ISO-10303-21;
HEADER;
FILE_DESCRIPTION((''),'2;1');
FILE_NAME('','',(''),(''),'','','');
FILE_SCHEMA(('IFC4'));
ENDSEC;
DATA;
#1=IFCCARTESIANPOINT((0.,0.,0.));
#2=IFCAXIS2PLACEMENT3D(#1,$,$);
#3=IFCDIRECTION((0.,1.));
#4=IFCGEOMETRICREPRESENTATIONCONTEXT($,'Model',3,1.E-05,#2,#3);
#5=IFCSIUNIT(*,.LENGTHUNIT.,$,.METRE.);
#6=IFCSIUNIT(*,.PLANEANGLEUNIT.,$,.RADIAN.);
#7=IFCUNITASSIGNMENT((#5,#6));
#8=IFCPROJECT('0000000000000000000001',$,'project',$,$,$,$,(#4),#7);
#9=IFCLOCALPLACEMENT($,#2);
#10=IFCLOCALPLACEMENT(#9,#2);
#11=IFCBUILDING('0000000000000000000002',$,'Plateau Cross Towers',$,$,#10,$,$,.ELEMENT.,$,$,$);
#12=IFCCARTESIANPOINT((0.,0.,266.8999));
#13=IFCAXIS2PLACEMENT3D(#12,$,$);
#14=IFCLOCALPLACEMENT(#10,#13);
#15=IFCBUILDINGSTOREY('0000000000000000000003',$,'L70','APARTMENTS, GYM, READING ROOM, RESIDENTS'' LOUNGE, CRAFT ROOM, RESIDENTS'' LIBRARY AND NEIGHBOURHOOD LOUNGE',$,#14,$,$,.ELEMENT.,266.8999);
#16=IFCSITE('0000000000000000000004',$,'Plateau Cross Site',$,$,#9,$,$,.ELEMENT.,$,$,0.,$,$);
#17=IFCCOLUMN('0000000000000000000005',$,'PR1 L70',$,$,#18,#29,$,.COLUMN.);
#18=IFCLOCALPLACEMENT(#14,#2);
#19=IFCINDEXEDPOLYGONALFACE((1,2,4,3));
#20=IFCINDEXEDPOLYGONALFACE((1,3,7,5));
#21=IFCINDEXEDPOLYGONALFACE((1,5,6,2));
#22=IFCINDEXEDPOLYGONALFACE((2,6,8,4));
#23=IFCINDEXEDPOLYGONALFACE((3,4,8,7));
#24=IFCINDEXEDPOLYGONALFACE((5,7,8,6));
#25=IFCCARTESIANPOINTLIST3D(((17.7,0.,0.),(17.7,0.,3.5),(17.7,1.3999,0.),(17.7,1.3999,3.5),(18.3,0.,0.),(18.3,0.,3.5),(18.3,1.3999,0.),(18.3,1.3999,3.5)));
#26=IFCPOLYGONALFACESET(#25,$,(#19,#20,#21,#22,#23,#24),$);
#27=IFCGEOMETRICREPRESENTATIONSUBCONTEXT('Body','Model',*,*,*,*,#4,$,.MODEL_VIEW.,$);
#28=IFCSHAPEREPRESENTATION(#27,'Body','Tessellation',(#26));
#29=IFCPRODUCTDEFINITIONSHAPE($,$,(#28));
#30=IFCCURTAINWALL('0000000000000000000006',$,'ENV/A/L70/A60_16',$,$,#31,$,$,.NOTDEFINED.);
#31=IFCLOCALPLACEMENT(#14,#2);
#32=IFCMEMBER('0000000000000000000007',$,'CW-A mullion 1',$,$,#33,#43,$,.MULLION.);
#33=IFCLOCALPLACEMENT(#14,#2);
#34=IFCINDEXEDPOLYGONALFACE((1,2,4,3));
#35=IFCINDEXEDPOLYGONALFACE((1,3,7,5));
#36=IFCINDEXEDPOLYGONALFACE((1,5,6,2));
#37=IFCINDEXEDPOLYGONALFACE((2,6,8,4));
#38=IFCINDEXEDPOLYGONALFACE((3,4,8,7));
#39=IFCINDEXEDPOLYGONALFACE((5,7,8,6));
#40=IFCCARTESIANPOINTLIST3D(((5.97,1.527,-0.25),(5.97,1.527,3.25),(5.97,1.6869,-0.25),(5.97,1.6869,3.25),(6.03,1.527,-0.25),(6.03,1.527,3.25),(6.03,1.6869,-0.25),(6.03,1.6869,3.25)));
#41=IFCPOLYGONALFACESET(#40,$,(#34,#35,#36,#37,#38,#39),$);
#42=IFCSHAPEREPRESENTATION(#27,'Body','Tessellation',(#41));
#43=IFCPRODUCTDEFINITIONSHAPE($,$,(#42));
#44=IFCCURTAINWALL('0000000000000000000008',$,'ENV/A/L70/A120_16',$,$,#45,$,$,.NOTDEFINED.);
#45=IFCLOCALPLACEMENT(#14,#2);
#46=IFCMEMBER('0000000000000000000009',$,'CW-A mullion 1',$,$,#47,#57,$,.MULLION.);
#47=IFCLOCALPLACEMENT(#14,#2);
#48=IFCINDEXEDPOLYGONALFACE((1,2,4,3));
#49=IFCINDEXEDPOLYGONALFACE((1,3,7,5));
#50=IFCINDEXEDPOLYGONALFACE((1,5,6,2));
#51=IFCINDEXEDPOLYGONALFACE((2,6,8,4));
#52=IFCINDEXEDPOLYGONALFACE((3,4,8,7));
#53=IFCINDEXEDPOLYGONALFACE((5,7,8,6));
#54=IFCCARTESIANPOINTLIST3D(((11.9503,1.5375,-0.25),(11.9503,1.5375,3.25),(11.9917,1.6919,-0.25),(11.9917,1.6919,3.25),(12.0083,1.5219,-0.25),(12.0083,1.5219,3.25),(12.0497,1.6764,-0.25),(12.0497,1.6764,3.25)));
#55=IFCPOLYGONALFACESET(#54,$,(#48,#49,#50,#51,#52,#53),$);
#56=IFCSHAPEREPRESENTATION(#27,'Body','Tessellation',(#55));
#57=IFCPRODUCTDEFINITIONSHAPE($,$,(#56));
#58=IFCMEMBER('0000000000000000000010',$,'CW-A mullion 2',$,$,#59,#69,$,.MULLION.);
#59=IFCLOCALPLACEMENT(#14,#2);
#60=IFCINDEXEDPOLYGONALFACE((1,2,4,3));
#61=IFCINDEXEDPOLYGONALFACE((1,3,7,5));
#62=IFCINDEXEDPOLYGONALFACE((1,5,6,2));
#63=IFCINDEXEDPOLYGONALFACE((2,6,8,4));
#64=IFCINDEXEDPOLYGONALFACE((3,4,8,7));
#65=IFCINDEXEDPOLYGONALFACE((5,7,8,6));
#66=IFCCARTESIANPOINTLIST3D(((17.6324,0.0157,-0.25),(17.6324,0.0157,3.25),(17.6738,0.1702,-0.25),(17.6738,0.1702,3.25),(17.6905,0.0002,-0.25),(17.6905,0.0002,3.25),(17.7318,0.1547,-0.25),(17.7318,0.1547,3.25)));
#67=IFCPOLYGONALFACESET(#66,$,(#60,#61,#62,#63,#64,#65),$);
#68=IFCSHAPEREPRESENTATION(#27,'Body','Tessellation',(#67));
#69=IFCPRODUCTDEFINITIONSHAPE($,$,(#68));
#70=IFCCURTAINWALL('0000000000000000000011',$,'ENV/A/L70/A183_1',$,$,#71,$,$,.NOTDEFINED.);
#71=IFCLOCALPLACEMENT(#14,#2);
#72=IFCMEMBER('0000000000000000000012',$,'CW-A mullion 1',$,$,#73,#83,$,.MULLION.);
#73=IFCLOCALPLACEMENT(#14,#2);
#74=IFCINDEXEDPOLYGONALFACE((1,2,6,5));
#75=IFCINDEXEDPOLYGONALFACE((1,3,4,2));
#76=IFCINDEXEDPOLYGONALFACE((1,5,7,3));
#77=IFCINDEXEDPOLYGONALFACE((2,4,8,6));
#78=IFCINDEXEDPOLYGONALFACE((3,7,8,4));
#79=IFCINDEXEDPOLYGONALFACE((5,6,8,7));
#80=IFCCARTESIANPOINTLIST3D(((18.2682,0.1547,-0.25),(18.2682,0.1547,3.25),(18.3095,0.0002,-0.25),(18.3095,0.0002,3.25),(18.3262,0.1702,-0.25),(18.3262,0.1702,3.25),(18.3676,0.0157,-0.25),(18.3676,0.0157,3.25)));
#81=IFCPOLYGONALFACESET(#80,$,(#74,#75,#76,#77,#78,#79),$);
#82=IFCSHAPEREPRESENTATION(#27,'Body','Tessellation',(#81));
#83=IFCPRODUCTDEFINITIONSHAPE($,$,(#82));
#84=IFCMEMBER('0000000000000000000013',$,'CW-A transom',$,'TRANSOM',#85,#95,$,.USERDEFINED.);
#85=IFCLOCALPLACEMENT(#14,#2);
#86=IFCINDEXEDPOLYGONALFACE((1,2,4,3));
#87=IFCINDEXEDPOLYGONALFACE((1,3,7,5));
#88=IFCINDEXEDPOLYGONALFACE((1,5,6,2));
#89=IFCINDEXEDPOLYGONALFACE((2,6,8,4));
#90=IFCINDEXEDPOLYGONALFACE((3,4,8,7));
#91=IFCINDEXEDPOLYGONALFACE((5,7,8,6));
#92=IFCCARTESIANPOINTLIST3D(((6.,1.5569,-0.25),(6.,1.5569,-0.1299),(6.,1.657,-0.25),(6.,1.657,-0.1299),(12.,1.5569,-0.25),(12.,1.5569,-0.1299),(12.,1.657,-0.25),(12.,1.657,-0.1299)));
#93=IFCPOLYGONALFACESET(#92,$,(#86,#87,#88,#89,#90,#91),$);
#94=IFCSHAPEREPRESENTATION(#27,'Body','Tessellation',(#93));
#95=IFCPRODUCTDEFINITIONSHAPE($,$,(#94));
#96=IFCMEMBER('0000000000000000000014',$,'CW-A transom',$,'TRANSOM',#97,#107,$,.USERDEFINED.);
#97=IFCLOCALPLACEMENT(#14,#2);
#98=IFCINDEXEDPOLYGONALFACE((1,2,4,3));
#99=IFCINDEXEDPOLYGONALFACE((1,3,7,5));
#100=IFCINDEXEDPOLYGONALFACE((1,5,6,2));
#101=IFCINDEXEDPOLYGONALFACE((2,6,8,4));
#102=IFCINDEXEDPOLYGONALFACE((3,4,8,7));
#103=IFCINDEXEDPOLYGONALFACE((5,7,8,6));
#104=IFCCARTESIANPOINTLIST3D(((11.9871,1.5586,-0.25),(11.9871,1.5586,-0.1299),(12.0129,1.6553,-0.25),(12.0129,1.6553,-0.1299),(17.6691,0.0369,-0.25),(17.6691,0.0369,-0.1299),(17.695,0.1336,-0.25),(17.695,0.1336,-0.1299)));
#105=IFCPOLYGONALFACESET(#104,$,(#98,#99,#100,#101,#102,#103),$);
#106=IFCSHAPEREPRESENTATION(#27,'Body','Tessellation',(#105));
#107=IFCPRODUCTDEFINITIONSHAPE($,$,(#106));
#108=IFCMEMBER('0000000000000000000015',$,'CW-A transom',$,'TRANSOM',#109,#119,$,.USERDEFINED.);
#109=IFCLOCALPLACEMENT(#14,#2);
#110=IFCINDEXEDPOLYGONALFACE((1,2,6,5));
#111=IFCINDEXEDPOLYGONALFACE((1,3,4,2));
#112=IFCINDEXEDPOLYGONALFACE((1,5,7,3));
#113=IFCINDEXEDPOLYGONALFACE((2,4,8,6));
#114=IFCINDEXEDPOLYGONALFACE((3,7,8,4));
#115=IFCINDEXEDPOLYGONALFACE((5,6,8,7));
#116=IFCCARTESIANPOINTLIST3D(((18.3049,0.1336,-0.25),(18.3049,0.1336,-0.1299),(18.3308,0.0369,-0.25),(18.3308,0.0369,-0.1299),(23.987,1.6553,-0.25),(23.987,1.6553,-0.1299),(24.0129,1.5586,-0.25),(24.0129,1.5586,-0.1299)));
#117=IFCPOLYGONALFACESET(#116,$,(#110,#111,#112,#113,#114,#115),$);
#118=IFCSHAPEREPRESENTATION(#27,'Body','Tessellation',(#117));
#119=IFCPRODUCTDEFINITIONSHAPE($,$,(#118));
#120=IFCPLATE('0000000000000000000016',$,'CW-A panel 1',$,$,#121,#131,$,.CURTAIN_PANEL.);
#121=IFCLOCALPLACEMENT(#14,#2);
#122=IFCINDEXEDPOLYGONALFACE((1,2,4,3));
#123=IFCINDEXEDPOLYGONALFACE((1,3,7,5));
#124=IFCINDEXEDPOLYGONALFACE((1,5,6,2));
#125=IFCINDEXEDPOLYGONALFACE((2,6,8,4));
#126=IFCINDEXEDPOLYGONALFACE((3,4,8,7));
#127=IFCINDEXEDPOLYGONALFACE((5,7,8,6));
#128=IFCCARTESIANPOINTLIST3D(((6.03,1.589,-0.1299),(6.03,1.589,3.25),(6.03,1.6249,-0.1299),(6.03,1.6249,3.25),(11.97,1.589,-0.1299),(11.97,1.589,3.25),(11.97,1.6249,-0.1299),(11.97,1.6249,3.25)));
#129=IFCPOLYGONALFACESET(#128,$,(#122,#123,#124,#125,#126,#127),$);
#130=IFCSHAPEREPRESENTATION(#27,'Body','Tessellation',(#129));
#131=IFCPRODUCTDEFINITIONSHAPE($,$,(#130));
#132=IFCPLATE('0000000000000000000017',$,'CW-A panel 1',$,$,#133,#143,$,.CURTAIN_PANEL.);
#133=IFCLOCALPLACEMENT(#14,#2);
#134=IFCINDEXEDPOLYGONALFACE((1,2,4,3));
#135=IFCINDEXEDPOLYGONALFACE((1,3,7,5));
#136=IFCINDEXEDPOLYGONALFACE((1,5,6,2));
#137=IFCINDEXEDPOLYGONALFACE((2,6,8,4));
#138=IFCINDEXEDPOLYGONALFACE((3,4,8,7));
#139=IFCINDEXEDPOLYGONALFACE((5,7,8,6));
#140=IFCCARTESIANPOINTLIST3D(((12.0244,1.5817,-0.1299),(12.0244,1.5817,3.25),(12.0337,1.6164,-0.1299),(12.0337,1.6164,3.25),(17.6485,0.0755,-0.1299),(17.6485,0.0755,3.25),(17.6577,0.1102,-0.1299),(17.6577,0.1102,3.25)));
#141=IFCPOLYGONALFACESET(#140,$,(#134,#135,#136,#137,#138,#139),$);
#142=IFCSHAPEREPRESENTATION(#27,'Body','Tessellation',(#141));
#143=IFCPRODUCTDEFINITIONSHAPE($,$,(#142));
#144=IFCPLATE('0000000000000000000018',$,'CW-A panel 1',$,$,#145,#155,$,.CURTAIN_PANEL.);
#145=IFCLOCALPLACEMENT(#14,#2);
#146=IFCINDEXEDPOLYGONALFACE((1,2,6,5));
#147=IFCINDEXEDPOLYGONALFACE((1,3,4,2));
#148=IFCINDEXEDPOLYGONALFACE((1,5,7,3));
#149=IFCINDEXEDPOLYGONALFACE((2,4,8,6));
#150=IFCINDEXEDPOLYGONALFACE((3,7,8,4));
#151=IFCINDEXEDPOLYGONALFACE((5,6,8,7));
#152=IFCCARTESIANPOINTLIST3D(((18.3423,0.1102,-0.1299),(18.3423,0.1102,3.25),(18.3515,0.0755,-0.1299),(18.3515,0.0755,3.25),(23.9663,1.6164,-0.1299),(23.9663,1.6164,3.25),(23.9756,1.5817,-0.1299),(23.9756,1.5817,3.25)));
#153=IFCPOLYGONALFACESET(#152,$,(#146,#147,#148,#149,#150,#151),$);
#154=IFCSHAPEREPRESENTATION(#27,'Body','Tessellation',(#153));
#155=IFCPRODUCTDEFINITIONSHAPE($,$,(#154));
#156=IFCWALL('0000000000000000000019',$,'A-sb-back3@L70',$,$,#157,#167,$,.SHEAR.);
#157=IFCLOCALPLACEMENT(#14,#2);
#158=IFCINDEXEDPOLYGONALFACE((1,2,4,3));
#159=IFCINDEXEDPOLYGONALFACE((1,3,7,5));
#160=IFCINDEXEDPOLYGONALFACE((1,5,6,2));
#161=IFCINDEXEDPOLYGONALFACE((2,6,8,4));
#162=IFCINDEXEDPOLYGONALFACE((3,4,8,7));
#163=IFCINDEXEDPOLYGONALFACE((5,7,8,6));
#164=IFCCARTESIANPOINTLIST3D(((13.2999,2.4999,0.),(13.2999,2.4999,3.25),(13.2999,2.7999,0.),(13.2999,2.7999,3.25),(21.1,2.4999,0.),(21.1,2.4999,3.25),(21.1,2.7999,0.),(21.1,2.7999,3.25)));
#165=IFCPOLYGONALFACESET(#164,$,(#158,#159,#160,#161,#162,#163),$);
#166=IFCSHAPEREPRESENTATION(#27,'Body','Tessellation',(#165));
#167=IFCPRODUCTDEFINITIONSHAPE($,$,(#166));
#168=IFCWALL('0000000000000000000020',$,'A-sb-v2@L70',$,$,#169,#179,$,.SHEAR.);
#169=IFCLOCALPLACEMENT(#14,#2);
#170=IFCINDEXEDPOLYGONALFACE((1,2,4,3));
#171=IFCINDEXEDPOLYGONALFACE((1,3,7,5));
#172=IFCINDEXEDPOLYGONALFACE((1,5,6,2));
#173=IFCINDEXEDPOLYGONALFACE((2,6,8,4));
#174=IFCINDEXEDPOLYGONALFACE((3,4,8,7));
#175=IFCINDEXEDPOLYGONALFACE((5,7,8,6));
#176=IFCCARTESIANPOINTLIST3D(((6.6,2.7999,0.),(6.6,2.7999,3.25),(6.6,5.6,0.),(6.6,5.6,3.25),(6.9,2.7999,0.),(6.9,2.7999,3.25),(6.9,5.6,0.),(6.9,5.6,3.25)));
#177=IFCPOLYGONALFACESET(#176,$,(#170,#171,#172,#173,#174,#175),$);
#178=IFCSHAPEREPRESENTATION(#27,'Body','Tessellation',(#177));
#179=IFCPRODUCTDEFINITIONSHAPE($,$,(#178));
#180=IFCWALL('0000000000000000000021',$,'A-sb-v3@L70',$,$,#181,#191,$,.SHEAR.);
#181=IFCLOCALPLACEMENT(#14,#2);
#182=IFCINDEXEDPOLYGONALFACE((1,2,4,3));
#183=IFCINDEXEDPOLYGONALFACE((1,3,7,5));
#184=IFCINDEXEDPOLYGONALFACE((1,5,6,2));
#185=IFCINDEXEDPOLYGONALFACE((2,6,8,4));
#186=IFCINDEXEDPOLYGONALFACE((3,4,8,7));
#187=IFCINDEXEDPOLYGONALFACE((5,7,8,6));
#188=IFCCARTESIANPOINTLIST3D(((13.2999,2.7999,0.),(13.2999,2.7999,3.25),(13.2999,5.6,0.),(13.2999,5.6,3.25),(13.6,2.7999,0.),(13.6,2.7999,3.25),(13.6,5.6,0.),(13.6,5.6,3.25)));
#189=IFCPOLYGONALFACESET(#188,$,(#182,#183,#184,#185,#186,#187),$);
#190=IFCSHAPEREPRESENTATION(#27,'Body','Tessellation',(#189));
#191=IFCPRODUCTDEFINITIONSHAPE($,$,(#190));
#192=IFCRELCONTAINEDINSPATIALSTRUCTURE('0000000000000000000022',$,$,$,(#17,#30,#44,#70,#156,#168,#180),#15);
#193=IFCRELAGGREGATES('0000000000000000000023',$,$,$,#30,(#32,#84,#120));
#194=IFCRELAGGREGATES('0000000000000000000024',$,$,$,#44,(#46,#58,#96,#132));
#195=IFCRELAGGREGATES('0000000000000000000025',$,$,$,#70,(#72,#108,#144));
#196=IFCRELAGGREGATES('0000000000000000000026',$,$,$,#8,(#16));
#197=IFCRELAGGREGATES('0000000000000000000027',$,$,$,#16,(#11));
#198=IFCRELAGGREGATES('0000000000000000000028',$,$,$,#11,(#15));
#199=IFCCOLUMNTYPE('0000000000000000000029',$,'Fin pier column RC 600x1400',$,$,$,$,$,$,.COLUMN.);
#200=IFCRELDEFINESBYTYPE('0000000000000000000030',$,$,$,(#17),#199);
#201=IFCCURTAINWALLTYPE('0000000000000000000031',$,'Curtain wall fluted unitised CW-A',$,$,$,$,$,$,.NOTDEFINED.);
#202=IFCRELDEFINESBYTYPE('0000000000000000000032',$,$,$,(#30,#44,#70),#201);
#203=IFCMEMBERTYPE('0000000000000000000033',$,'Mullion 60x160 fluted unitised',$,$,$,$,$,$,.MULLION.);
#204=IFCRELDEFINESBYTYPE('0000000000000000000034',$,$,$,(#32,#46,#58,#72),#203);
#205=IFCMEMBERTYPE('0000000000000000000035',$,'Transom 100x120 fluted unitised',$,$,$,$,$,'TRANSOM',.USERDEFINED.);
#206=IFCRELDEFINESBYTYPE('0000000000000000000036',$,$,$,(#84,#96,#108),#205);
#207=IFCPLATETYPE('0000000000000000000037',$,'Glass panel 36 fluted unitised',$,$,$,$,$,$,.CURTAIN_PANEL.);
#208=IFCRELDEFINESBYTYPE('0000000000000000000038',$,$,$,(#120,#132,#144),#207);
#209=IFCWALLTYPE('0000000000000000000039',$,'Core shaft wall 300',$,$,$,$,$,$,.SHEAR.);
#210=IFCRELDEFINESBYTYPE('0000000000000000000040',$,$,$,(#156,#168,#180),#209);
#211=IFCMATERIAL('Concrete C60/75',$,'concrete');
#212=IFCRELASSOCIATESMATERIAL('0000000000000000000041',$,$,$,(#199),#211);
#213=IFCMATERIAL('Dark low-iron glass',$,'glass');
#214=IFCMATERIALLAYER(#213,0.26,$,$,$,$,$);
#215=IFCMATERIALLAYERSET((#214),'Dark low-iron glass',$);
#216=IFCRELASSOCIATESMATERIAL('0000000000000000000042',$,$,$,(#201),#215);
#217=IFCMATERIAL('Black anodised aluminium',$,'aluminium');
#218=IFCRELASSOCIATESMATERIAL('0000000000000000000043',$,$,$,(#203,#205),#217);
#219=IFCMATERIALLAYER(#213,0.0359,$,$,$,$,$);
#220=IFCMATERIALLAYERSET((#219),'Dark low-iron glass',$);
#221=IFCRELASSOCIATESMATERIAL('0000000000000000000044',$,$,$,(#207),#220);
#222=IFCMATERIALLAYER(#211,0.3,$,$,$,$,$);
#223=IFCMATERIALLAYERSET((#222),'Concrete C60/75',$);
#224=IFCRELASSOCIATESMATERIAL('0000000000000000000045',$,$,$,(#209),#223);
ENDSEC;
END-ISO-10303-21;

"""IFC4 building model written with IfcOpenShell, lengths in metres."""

from ifc_helpers import new_model, si_unit, direction, frame, frame_2d, origin, origin_2d, place, context, subcontext, project, spatial, rectangle, extrude, material, layer, layer_set, material_profile, profile_set, type_object, element, aggregate, save


model = new_model("IFC4")

# Units and contexts
model_context = context("Model", 3, precision=1e-05, world=origin(), true_north=direction((0.0, 1.0)))
body_context = subcontext(model_context, "Body", "Model", "MODEL_VIEW")
ifc_project = project(units=[si_unit("LENGTHUNIT", "METRE"), si_unit("PLANEANGLEUNIT", "RADIAN")], contexts=[model_context])

# Site, building, storey
site_placement = place(None, origin())
site = spatial("IfcSite", under=ifc_project, at=site_placement, Name="Plateau Cross Site", CompositionType="ELEMENT", RefElevation=0.0)
building_placement = place(site_placement, origin())
building = spatial("IfcBuilding", under=site, at=building_placement, Name="Plateau Cross Towers", CompositionType="ELEMENT")
storey_placement = place(building_placement, frame((0.0, 0.0, 266.8999)))
storey = spatial("IfcBuildingStorey", under=building, at=storey_placement, Name="L70", Description="APARTMENTS, GYM, READING ROOM, RESIDENTS' LOUNGE, CRAFT ROOM, RESIDENTS' LIBRARY AND NEIGHBOURHOOD LOUNGE", CompositionType="ELEMENT", Elevation=266.8999)

# Column
ifc_material_1 = material(Name="Concrete C60/75", Category="concrete")
ifc_material_profile_1 = material_profile(ifc_material_1, rectangle(XDim=0.6001, YDim=1.3999, at=origin_2d()), Name="RC 600x1400")
ifc_profile_set_1 = profile_set([ifc_material_profile_1], Name="Concrete C60/75")
column_type = type_object("IfcColumnType", Name="Fin pier column RC 600x1400", PredefinedType="COLUMN", material=ifc_profile_set_1)
column_placement = place(storey_placement, frame((18.0, 0.7, 0.0), z_axis=(0.0, 0.0, 1.0), x_axis=(1.0, 0.0, 0.0)))
element("IfcColumn", 1, at=column_placement, inside=storey, type_object=column_type, Name="PR1 L70", PredefinedType="COLUMN", context=body_context, shape_type="SweptSolid", body=[
    extrude(rectangle(XDim=0.6001, YDim=1.3999, at=origin_2d()), origin(), (0.0, 0.0, 1.0), 3.5),
])

# Curtain wall, member
ifc_material_2 = material(Name="Dark low-iron glass", Category="glass")
ifc_layer_1 = layer(ifc_material_2, 0.26)
ifc_layer_set_1 = layer_set([ifc_layer_1], Name="Dark low-iron glass")
curtain_wall_type = type_object("IfcCurtainWallType", Name="Curtain wall fluted unitised CW-A", PredefinedType="NOTDEFINED", material=ifc_layer_set_1)
curtain_wall_1_placement = place(storey_placement, origin())
curtain_wall_1 = element("IfcCurtainWall", 2, at=curtain_wall_1_placement, inside=storey, type_object=curtain_wall_type, Name="ENV/A/L70/A60_16", PredefinedType="NOTDEFINED")
ifc_material_3 = material(Name="Black anodised aluminium", Category="aluminium")
ifc_material_profile_2 = material_profile(ifc_material_3, rectangle(XDim=0.0601, YDim=0.1599, at=origin_2d()), Name="MULLION 60x160")
ifc_profile_set_2 = profile_set([ifc_material_profile_2], Name="Black anodised aluminium")
member_type_1 = type_object("IfcMemberType", Name="Mullion 60x160 fluted unitised", PredefinedType="MULLION", material=ifc_profile_set_2)
member_1_placement = place(storey_placement, frame((6.0, 1.6069, -0.25), z_axis=(0.0, 0.0, 1.0), x_axis=(1.0, 0.0, 0.0)))
member_1 = element("IfcMember", 3, at=member_1_placement, type_object=member_type_1, Name="CW-A mullion 1", PredefinedType="MULLION", context=body_context, shape_type="SweptSolid", body=[
    extrude(rectangle(XDim=0.0601, YDim=0.1599, at=origin_2d()), origin(), (0.0, 0.0, 1.0), 3.5),
])

# Curtain wall, members
curtain_wall_2_placement = place(storey_placement, origin())
curtain_wall_2 = element("IfcCurtainWall", 4, at=curtain_wall_2_placement, inside=storey, type_object=curtain_wall_type, Name="ENV/A/L70/A120_16", PredefinedType="NOTDEFINED")
member_2_placement = place(storey_placement, frame((12.0, 1.6069, -0.25), z_axis=(0.0, 0.0, 1.0), x_axis=(0.965958, -0.258699, 0.0)))
member_2 = element("IfcMember", 5, at=member_2_placement, type_object=member_type_1, Name="CW-A mullion 1", PredefinedType="MULLION", context=body_context, shape_type="SweptSolid", body=[
    extrude(rectangle(XDim=0.0601, YDim=0.1599, at=origin_2d()), origin(), (0.0, 0.0, 1.0), 3.5),
])
member_3_placement = place(storey_placement, frame((17.6821, 0.0852, -0.25), z_axis=(0.0, 0.0, 1.0), x_axis=(0.965958, -0.258699, 0.0)))
member_3 = element("IfcMember", 6, at=member_3_placement, type_object=member_type_1, Name="CW-A mullion 2", PredefinedType="MULLION", context=body_context, shape_type="SweptSolid", body=[
    extrude(rectangle(XDim=0.0601, YDim=0.1599, at=origin_2d()), origin(), (0.0, 0.0, 1.0), 3.5),
])

# Curtain wall, member
curtain_wall_3_placement = place(storey_placement, origin())
curtain_wall_3 = element("IfcCurtainWall", 7, at=curtain_wall_3_placement, inside=storey, type_object=curtain_wall_type, Name="ENV/A/L70/A183_1", PredefinedType="NOTDEFINED")
member_4_placement = place(storey_placement, frame((18.3179, 0.0852, -0.25), z_axis=(0.0, 0.0, 1.0), x_axis=(0.965958, 0.258699, 0.0)))
member_4 = element("IfcMember", 8, at=member_4_placement, type_object=member_type_1, Name="CW-A mullion 1", PredefinedType="MULLION", context=body_context, shape_type="SweptSolid", body=[
    extrude(rectangle(XDim=0.0601, YDim=0.1599, at=origin_2d()), origin(), (0.0, 0.0, 1.0), 3.5),
])

# Members
ifc_material_profile_3 = material_profile(ifc_material_3, rectangle(XDim=0.1001, YDim=0.1201, at=origin_2d()), Name="TRANSOM 100x120")
ifc_profile_set_3 = profile_set([ifc_material_profile_3], Name="Black anodised aluminium")
member_type_2 = type_object("IfcMemberType", Name="Transom 100x120 fluted unitised", ElementType="TRANSOM", PredefinedType="USERDEFINED", material=ifc_profile_set_3)
member_5_placement = place(storey_placement, frame((6.0, 1.6069, -0.1899), z_axis=(1.0, 0.0, 0.0), x_axis=(0.0, 1.0, 0.0)))
member_5 = element("IfcMember", 9, at=member_5_placement, type_object=member_type_2, Name="CW-A transom", ObjectType="TRANSOM", PredefinedType="USERDEFINED", context=body_context, shape_type="SweptSolid", body=[
    extrude(rectangle(XDim=0.1001, YDim=0.1201, at=origin_2d()), origin(), (0.0, 0.0, 1.0), 6.0),
])
member_6_placement = place(storey_placement, frame((12.0, 1.6069, -0.1899), z_axis=(0.96596, -0.258693, 0.0), x_axis=(0.258693, 0.96596, 0.0)))
member_6 = element("IfcMember", 10, at=member_6_placement, type_object=member_type_2, Name="CW-A transom", ObjectType="TRANSOM", PredefinedType="USERDEFINED", context=body_context, shape_type="SweptSolid", body=[
    extrude(rectangle(XDim=0.1001, YDim=0.1201, at=origin_2d()), origin(), (0.0, 0.0, 1.0), 5.8823),
])
member_7_placement = place(storey_placement, frame((18.3179, 0.0852, -0.1899), z_axis=(0.96596, 0.258693, 0.0), x_axis=(-0.258693, 0.96596, 0.0)))
member_7 = element("IfcMember", 11, at=member_7_placement, type_object=member_type_2, Name="CW-A transom", ObjectType="TRANSOM", PredefinedType="USERDEFINED", context=body_context, shape_type="SweptSolid", body=[
    extrude(rectangle(XDim=0.1001, YDim=0.1201, at=origin_2d()), origin(), (0.0, 0.0, 1.0), 5.8823),
])

# Plates
ifc_layer_2 = layer(ifc_material_2, 0.0359)
ifc_layer_set_2 = layer_set([ifc_layer_2], Name="Dark low-iron glass")
plate_type = type_object("IfcPlateType", Name="Glass panel 36 fluted unitised", PredefinedType="CURTAIN_PANEL", material=ifc_layer_set_2)
plate_1_placement = place(storey_placement, frame((9.0, 1.6069, -0.1299), z_axis=(0.0, 0.0, 1.0), x_axis=(1.0, 0.0, 0.0)))
plate_1 = element("IfcPlate", 12, at=plate_1_placement, type_object=plate_type, Name="CW-A panel 1", PredefinedType="CURTAIN_PANEL", context=body_context, shape_type="SweptSolid", body=[
    extrude(rectangle(XDim=5.9399, YDim=0.0359, at=origin_2d()), origin(), (0.0, 0.0, 1.0), 3.3799),
])
aggregate(curtain_wall_1, [member_1, member_5, plate_1])
plate_2_placement = place(storey_placement, frame((14.8411, 0.8459, -0.1299), z_axis=(0.0, 0.0, 1.0), x_axis=(0.965958, -0.258699, 0.0)))
plate_2 = element("IfcPlate", 13, at=plate_2_placement, type_object=plate_type, Name="CW-A panel 1", PredefinedType="CURTAIN_PANEL", context=body_context, shape_type="SweptSolid", body=[
    extrude(rectangle(XDim=5.8223, YDim=0.0359, at=origin_2d()), origin(), (0.0, 0.0, 1.0), 3.3799),
])
aggregate(curtain_wall_2, [member_2, member_3, member_6, plate_2])
plate_3_placement = place(storey_placement, frame((21.1589, 0.8459, -0.1299), z_axis=(0.0, 0.0, 1.0), x_axis=(0.965958, 0.258699, 0.0)))
plate_3 = element("IfcPlate", 14, at=plate_3_placement, type_object=plate_type, Name="CW-A panel 1", PredefinedType="CURTAIN_PANEL", context=body_context, shape_type="SweptSolid", body=[
    extrude(rectangle(XDim=5.8223, YDim=0.0359, at=origin_2d()), origin(), (0.0, 0.0, 1.0), 3.3799),
])
aggregate(curtain_wall_3, [member_4, member_7, plate_3])

# Walls
ifc_layer_3 = layer(ifc_material_1, 0.3)
ifc_layer_set_3 = layer_set([ifc_layer_3], Name="Concrete C60/75")
wall_type_1 = type_object("IfcWallType", Name="Core shaft wall 300", PredefinedType="SHEAR", material=ifc_layer_set_3)
wall_1_placement = place(storey_placement, frame((13.3, 2.6499, 0.0), z_axis=(0.0, 0.0, 1.0), x_axis=(1.0, 0.0, 0.0)))
element("IfcWall", 15, at=wall_1_placement, inside=storey, type_object=wall_type_1, Name="A-sb-back3@L70", PredefinedType="SHEAR", context=body_context, shape_type="SweptSolid", body=[
    extrude(rectangle(XDim=7.8, YDim=0.3, at=frame_2d((3.8999, 0.0))), origin(), (0.0, 0.0, 1.0), 3.25),
])
for number, where, z_axis, x_axis, name in (
    (16, (6.75, 2.8, 0.0), (0.0, 0.0, 1.0), (0.0, 1.0, 0.0), "A-sb-v2@L70"),
    (17, (13.45, 2.8, 0.0), (0.0, 0.0, 1.0), (0.0, 1.0, 0.0), "A-sb-v3@L70"),
):
    element("IfcWall", number, at=place(storey_placement, frame(where, z_axis=z_axis, x_axis=x_axis)), inside=storey, type_object=wall_type_1, Name=name, PredefinedType="SHEAR", context=body_context, shape_type="SweptSolid", body=[
        extrude(rectangle(XDim=2.8, YDim=0.3, at=frame_2d((1.3999, 0.0))), origin(), (0.0, 0.0, 1.0), 3.25),
    ])

save(model, "model.ifc")
